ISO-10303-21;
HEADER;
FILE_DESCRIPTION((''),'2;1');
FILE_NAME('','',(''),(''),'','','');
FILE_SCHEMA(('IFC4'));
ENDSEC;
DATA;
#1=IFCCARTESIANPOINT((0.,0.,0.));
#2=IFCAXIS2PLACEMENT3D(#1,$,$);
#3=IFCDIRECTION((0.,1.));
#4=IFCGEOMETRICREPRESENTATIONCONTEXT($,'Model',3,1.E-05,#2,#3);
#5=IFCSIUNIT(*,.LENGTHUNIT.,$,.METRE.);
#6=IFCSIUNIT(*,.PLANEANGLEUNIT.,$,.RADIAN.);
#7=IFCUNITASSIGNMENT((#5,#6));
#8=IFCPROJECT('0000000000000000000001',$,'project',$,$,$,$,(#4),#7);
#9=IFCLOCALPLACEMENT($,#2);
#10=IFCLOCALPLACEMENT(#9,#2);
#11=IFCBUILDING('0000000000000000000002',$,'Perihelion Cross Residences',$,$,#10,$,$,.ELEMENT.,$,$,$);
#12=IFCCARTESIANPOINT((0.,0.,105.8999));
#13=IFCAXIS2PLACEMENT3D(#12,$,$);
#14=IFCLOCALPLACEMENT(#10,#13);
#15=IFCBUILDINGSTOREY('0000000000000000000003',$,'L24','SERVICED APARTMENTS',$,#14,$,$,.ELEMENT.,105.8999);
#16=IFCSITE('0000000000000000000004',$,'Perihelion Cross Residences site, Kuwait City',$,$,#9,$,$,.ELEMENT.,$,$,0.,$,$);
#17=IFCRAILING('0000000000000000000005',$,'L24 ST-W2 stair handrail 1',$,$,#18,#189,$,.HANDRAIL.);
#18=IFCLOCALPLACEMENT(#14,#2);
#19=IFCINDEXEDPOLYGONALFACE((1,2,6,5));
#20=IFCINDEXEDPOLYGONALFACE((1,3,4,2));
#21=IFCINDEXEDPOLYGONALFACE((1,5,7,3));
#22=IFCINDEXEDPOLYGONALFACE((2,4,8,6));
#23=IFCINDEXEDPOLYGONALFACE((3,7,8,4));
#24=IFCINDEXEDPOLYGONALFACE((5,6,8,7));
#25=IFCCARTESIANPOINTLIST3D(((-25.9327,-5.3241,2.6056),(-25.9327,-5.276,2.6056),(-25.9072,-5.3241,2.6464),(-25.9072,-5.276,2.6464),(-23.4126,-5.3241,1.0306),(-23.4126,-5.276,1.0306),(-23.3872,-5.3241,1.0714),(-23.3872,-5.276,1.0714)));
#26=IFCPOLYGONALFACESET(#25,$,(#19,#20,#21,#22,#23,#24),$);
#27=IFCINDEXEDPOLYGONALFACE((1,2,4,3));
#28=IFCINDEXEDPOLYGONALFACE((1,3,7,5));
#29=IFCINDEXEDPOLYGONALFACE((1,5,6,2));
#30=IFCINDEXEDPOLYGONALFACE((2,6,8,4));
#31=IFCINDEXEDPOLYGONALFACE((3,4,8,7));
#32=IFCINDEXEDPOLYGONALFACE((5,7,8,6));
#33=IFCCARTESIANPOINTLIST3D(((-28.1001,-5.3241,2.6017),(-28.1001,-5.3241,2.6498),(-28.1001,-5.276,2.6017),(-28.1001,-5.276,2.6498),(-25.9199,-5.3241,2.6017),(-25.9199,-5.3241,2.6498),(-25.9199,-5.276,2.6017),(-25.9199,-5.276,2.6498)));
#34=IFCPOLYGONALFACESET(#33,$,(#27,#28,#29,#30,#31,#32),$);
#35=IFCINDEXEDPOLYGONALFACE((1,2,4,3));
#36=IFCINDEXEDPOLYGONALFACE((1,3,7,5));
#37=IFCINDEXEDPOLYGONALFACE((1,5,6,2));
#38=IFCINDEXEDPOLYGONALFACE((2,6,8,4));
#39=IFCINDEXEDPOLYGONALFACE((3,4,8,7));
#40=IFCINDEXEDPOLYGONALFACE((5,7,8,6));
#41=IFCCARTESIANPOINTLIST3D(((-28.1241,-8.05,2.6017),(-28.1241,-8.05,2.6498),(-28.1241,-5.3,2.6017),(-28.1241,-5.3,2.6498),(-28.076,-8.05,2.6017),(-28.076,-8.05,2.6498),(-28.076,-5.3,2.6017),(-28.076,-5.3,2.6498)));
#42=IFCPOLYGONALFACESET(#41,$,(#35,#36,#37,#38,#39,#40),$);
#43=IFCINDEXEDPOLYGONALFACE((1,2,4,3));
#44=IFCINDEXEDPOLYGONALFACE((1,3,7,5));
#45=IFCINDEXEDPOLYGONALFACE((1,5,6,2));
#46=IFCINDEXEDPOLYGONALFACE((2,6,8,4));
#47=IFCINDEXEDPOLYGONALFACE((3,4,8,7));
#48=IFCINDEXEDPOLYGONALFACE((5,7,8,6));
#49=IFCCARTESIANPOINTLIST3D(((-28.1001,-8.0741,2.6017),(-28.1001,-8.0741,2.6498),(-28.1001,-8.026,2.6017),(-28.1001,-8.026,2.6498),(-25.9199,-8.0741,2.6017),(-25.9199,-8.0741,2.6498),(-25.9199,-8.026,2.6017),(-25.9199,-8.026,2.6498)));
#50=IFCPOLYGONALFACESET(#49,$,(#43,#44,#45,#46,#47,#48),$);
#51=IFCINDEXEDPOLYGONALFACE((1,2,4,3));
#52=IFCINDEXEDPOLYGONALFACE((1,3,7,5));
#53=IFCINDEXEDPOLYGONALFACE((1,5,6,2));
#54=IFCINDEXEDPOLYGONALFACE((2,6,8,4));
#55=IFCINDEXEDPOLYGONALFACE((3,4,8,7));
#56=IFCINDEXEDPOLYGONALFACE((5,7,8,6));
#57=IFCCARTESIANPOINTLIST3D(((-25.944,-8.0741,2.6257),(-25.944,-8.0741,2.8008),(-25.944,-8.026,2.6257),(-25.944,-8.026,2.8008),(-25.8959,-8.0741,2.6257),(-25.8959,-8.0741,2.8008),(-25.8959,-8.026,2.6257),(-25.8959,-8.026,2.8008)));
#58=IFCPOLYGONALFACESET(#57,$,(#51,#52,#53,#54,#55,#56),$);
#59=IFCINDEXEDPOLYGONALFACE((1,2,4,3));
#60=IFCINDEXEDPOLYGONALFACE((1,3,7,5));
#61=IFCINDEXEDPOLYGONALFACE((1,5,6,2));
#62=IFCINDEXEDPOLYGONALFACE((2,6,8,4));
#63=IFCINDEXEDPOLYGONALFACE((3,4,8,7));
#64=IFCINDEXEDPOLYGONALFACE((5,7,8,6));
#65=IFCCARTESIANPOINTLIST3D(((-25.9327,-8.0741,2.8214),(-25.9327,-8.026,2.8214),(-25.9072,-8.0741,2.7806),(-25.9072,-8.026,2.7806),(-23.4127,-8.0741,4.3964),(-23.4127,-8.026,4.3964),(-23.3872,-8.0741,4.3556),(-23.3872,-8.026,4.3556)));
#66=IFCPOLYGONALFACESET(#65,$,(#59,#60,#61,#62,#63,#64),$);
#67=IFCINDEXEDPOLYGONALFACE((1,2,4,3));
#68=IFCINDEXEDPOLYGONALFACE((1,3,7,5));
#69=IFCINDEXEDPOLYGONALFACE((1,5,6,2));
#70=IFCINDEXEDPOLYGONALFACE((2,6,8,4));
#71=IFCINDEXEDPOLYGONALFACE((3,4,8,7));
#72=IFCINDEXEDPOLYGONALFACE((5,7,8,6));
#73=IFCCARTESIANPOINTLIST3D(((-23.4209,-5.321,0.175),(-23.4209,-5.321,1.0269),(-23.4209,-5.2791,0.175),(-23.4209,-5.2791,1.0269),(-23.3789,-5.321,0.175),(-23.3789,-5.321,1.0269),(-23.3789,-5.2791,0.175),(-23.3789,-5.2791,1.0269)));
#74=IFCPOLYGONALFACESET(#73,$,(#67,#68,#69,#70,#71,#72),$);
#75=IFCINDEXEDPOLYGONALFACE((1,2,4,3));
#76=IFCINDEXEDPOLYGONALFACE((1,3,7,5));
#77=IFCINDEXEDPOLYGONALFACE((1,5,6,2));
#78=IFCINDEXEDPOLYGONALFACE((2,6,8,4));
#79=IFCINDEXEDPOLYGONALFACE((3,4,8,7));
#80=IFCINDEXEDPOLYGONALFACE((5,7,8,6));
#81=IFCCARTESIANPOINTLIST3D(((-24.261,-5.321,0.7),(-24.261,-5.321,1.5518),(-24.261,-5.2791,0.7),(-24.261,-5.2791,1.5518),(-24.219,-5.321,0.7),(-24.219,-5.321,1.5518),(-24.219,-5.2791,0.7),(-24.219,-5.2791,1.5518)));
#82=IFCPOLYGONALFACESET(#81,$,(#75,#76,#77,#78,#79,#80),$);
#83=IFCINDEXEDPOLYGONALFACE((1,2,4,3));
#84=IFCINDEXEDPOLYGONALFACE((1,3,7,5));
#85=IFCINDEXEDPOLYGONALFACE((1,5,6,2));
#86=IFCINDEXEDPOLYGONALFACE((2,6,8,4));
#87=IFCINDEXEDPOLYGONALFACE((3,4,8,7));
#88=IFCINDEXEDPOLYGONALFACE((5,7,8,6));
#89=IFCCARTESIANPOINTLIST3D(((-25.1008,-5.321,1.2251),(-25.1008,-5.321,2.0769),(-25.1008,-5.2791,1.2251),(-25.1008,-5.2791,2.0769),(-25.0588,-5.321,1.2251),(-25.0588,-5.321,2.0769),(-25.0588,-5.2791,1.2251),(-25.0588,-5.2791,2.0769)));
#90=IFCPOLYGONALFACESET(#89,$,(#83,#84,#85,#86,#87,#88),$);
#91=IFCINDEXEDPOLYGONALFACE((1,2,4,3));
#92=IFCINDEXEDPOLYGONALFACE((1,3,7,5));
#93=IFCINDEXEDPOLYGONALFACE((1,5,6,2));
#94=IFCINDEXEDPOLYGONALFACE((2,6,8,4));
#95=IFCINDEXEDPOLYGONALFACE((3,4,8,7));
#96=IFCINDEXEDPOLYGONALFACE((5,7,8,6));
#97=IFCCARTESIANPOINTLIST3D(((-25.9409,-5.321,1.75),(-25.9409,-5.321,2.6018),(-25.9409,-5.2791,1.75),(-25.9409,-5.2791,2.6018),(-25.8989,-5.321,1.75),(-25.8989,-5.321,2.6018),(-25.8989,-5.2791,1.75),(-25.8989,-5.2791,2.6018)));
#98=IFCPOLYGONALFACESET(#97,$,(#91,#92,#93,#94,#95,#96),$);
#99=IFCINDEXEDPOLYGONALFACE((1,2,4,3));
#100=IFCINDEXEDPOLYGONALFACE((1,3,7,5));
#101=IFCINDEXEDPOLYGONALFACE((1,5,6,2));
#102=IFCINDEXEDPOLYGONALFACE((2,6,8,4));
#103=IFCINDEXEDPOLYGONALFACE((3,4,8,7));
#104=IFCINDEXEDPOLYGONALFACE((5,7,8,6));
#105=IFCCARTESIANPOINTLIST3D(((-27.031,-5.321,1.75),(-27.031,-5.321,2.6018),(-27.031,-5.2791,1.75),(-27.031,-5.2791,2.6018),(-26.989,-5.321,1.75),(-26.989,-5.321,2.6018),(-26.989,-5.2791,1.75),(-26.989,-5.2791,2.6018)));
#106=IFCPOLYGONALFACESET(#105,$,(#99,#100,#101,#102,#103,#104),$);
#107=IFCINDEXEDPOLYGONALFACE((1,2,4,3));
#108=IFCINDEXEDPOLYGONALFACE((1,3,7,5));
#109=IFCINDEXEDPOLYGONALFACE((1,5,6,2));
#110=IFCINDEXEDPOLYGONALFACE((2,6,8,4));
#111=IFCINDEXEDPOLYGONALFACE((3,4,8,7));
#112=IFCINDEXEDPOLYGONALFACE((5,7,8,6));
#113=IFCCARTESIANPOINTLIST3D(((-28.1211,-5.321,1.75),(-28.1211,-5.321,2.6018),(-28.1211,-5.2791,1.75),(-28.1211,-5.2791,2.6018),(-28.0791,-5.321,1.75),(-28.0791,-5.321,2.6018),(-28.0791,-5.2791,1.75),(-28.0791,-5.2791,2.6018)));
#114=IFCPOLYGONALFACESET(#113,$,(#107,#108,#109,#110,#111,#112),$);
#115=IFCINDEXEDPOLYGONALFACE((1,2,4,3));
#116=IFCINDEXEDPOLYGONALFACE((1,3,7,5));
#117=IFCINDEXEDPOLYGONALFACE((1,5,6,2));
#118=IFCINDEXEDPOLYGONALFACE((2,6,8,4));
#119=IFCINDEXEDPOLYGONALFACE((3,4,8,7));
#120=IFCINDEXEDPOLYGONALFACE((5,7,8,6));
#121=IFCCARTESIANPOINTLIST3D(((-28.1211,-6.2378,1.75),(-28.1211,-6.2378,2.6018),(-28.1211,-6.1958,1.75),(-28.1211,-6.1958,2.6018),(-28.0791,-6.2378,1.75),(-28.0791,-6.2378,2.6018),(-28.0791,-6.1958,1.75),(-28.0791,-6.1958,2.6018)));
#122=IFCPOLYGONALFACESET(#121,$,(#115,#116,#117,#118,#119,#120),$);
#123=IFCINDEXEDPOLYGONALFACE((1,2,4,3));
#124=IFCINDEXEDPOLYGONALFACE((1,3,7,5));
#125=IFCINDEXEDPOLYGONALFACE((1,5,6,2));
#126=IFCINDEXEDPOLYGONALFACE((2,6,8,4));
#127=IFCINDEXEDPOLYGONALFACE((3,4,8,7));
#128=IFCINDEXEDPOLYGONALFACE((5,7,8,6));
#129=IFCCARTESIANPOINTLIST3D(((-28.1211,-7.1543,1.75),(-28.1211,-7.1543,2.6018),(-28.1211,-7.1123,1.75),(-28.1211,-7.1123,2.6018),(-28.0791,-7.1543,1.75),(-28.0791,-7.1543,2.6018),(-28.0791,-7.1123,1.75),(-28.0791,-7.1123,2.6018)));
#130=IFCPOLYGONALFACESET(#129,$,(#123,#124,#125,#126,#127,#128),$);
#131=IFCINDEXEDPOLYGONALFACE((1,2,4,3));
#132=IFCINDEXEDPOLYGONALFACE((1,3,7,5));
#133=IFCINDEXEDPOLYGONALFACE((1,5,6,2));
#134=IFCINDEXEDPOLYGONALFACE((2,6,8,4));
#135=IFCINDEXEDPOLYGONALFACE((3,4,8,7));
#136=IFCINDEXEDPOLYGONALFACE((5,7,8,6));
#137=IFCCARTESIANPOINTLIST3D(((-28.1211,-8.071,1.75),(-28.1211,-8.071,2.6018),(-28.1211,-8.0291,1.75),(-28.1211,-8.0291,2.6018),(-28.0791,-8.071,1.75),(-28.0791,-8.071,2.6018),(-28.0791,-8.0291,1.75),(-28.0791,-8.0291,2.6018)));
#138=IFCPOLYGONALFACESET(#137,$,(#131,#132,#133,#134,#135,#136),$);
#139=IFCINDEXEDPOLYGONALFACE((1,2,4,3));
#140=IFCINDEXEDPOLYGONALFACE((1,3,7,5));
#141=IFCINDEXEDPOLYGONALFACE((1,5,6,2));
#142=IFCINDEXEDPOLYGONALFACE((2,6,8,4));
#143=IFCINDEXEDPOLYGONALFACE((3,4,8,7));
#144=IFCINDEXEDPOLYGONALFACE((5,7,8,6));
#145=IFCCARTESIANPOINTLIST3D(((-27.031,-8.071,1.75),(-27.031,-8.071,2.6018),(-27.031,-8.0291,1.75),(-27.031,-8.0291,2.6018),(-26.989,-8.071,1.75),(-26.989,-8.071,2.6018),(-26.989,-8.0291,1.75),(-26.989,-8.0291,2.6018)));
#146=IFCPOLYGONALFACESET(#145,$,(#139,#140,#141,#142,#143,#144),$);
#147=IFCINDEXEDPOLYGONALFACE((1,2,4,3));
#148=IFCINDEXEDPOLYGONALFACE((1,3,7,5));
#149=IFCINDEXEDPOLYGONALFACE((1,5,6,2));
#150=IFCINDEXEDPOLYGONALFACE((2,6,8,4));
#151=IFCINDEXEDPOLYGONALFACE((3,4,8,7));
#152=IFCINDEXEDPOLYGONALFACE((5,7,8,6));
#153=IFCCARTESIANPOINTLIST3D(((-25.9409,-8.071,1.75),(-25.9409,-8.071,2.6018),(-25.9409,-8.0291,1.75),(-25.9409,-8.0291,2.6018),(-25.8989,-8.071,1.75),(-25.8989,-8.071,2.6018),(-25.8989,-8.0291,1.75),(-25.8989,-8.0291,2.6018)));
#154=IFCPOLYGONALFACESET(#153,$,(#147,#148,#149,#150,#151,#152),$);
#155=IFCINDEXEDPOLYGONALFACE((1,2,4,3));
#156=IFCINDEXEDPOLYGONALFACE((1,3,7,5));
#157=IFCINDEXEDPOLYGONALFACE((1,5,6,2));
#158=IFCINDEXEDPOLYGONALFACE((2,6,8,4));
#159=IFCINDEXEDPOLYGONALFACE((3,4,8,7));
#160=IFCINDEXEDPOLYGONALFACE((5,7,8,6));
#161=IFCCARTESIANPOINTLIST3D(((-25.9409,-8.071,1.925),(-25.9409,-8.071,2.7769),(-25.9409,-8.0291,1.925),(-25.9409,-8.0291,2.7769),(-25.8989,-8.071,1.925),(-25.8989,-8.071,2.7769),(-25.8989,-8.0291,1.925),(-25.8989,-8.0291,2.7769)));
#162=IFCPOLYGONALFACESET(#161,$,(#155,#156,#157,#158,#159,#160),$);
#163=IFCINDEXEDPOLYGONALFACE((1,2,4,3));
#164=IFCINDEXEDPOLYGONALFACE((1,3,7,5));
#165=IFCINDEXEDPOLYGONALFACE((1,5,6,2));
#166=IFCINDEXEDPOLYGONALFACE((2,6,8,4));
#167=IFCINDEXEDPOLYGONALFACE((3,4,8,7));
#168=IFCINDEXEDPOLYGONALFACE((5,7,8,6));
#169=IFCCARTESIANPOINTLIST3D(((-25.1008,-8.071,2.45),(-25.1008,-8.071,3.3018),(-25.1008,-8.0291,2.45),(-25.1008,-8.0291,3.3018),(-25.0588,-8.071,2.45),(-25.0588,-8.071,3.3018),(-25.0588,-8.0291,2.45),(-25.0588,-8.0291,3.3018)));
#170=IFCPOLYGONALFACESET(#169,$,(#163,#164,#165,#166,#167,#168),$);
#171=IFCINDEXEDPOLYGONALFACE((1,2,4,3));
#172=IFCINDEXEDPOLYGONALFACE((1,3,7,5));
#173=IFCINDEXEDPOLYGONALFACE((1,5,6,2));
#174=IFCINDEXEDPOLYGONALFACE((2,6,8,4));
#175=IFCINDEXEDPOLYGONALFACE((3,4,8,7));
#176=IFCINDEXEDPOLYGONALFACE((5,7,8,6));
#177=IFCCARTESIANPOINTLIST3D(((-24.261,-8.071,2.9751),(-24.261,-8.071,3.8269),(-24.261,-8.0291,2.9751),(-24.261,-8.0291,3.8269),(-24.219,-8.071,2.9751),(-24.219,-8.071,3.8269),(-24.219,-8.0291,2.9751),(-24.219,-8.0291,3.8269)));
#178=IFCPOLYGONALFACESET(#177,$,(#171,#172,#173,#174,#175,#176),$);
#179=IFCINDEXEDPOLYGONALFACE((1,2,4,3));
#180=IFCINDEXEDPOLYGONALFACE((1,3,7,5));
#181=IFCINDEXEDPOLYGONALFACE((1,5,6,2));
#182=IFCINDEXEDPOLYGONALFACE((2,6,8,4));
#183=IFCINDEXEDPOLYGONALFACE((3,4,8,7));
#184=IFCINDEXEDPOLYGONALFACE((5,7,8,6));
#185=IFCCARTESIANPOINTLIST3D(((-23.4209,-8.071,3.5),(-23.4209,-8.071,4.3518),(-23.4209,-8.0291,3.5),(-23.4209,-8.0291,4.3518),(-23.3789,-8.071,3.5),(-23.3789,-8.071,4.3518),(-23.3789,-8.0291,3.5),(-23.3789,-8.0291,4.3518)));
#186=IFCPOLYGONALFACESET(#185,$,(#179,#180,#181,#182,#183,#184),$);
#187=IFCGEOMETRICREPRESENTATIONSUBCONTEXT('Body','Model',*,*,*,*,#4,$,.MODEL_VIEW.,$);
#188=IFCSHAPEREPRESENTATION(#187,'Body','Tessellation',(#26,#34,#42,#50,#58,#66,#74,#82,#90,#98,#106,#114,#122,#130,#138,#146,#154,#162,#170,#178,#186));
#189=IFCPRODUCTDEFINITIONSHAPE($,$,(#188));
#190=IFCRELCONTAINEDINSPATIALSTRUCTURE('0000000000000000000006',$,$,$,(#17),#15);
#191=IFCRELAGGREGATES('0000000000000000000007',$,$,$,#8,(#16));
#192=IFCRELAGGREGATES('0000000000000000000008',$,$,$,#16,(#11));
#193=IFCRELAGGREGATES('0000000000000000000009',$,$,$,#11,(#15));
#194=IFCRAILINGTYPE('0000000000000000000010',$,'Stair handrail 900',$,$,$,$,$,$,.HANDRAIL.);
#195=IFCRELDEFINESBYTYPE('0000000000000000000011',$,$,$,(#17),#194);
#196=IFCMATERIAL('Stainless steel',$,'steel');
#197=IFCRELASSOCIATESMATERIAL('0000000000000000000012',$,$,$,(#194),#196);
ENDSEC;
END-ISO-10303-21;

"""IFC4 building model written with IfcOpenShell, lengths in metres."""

from ifc_helpers import new_model, si_unit, direction, frame, origin, origin_2d, place, context, subcontext, project, spatial, rectangle, extrude, material, type_object, element, save


model = new_model("IFC4")

# Units and contexts
model_context = context("Model", 3, precision=1e-05, world=origin(), true_north=direction((0.0, 1.0)))
body_context = subcontext(model_context, "Body", "Model", "MODEL_VIEW")
ifc_project = project(units=[si_unit("LENGTHUNIT", "METRE"), si_unit("PLANEANGLEUNIT", "RADIAN")], contexts=[model_context])

# Site, building, storey
site_placement = place(None, origin())
site = spatial("IfcSite", under=ifc_project, at=site_placement, Name="Perihelion Cross Residences site, Kuwait City", CompositionType="ELEMENT", RefElevation=0.0)
building_placement = place(site_placement, origin())
building = spatial("IfcBuilding", under=site, at=building_placement, Name="Perihelion Cross Residences", CompositionType="ELEMENT")
storey_placement = place(building_placement, frame((0.0, 0.0, 105.8999)))
storey = spatial("IfcBuildingStorey", under=building, at=storey_placement, Name="L24", Description="SERVICED APARTMENTS", CompositionType="ELEMENT", Elevation=105.8999)

# Railing
ifc_material_1 = material(Name="Stainless steel", Category="steel")
railing_type_1 = type_object("IfcRailingType", Name="Stair handrail 900", PredefinedType="HANDRAIL", material=ifc_material_1)
railing_1_placement = place(storey_placement, frame((-23.3999, -5.3, 0.175)))
element("IfcRailing", 1, at=railing_1_placement, inside=storey, type_object=railing_type_1, Name="L24 ST-W2 stair handrail 1", PredefinedType="HANDRAIL", context=body_context, shape_type="SweptSolid", body=[
    extrude(rectangle(XDim=0.0481, YDim=0.0481, at=origin_2d()), frame((0.0, 0.0, 0.876), z_axis=(-0.848008, 0.0, 0.529984), x_axis=(0.0, -1.0, 0.0)), (0.0, 0.0, 1.0), 2.9717),
    extrude(rectangle(XDim=0.0481, YDim=0.0481, at=origin_2d()), frame((-2.52, 0.0, 2.4507), z_axis=(-1.0, 0.0, 0.0), x_axis=(0.0, -1.0, 0.0)), (0.0, 0.0, 1.0), 2.1802),
    extrude(rectangle(XDim=0.0481, YDim=0.0481, at=origin_2d()), frame((-4.7002, 0.0, 2.4507), z_axis=(0.0, -1.0, 0.0), x_axis=(1.0, 0.0, 0.0)), (0.0, 0.0, 1.0), 2.75),
    extrude(rectangle(XDim=0.0481, YDim=0.0481, at=origin_2d()), frame((-4.7002, -2.75, 2.4507), z_axis=(1.0, 0.0, 0.0), x_axis=(0.0, 1.0, 0.0)), (0.0, 0.0, 1.0), 2.1802),
    extrude(rectangle(XDim=0.0481, YDim=0.0481, at=origin_2d()), frame((-2.52, -2.75, 2.4507), z_axis=(0.0, 0.0, 1.0), x_axis=(1.0, 0.0, 0.0)), (0.0, 0.0, 1.0), 0.175),
    extrude(rectangle(XDim=0.0481, YDim=0.0481, at=origin_2d()), frame((-2.52, -2.75, 2.626), z_axis=(0.848008, 0.0, 0.529984), x_axis=(0.0, 1.0, 0.0)), (0.0, 0.0, 1.0), 2.9717),
    extrude(rectangle(XDim=0.042, YDim=0.042, at=origin_2d()), origin(), (0.0, 0.0, 1.0), 0.8518),
    extrude(rectangle(XDim=0.042, YDim=0.042, at=origin_2d()), frame((-0.8401, 0.0, 0.5249)), (0.0, 0.0, 1.0), 0.8518),
    extrude(rectangle(XDim=0.042, YDim=0.042, at=origin_2d()), frame((-1.6799, 0.0, 1.05)), (0.0, 0.0, 1.0), 0.8518),
    extrude(rectangle(XDim=0.042, YDim=0.042, at=origin_2d()), frame((-2.52, 0.0, 1.575)), (0.0, 0.0, 1.0), 0.8518),
    extrude(rectangle(XDim=0.042, YDim=0.042, at=origin_2d()), frame((-3.6101, 0.0, 1.575)), (0.0, 0.0, 1.0), 0.8518),
    extrude(rectangle(XDim=0.042, YDim=0.042, at=origin_2d()), frame((-4.7002, 0.0, 1.575)), (0.0, 0.0, 1.0), 0.8518),
    extrude(rectangle(XDim=0.042, YDim=0.042, at=origin_2d()), frame((-4.7002, -0.9167, 1.575)), (0.0, 0.0, 1.0), 0.8518),
    extrude(rectangle(XDim=0.042, YDim=0.042, at=origin_2d()), frame((-4.7002, -1.8333, 1.575)), (0.0, 0.0, 1.0), 0.8518),
    extrude(rectangle(XDim=0.042, YDim=0.042, at=origin_2d()), frame((-4.7002, -2.75, 1.575)), (0.0, 0.0, 1.0), 0.8518),
    extrude(rectangle(XDim=0.042, YDim=0.042, at=origin_2d()), frame((-3.6101, -2.75, 1.575)), (0.0, 0.0, 1.0), 0.8518),
    extrude(rectangle(XDim=0.042, YDim=0.042, at=origin_2d()), frame((-2.52, -2.75, 1.575)), (0.0, 0.0, 1.0), 0.8518),
    extrude(rectangle(XDim=0.042, YDim=0.042, at=origin_2d()), frame((-2.52, -2.75, 1.75)), (0.0, 0.0, 1.0), 0.8518),
    extrude(rectangle(XDim=0.042, YDim=0.042, at=origin_2d()), frame((-1.6799, -2.75, 2.2749)), (0.0, 0.0, 1.0), 0.8518),
    extrude(rectangle(XDim=0.042, YDim=0.042, at=origin_2d()), frame((-0.8401, -2.75, 2.8)), (0.0, 0.0, 1.0), 0.8518),
    extrude(rectangle(XDim=0.042, YDim=0.042, at=origin_2d()), frame((0.0, -2.75, 3.325)), (0.0, 0.0, 1.0), 0.8518),
])

save(model, "model.ifc")
